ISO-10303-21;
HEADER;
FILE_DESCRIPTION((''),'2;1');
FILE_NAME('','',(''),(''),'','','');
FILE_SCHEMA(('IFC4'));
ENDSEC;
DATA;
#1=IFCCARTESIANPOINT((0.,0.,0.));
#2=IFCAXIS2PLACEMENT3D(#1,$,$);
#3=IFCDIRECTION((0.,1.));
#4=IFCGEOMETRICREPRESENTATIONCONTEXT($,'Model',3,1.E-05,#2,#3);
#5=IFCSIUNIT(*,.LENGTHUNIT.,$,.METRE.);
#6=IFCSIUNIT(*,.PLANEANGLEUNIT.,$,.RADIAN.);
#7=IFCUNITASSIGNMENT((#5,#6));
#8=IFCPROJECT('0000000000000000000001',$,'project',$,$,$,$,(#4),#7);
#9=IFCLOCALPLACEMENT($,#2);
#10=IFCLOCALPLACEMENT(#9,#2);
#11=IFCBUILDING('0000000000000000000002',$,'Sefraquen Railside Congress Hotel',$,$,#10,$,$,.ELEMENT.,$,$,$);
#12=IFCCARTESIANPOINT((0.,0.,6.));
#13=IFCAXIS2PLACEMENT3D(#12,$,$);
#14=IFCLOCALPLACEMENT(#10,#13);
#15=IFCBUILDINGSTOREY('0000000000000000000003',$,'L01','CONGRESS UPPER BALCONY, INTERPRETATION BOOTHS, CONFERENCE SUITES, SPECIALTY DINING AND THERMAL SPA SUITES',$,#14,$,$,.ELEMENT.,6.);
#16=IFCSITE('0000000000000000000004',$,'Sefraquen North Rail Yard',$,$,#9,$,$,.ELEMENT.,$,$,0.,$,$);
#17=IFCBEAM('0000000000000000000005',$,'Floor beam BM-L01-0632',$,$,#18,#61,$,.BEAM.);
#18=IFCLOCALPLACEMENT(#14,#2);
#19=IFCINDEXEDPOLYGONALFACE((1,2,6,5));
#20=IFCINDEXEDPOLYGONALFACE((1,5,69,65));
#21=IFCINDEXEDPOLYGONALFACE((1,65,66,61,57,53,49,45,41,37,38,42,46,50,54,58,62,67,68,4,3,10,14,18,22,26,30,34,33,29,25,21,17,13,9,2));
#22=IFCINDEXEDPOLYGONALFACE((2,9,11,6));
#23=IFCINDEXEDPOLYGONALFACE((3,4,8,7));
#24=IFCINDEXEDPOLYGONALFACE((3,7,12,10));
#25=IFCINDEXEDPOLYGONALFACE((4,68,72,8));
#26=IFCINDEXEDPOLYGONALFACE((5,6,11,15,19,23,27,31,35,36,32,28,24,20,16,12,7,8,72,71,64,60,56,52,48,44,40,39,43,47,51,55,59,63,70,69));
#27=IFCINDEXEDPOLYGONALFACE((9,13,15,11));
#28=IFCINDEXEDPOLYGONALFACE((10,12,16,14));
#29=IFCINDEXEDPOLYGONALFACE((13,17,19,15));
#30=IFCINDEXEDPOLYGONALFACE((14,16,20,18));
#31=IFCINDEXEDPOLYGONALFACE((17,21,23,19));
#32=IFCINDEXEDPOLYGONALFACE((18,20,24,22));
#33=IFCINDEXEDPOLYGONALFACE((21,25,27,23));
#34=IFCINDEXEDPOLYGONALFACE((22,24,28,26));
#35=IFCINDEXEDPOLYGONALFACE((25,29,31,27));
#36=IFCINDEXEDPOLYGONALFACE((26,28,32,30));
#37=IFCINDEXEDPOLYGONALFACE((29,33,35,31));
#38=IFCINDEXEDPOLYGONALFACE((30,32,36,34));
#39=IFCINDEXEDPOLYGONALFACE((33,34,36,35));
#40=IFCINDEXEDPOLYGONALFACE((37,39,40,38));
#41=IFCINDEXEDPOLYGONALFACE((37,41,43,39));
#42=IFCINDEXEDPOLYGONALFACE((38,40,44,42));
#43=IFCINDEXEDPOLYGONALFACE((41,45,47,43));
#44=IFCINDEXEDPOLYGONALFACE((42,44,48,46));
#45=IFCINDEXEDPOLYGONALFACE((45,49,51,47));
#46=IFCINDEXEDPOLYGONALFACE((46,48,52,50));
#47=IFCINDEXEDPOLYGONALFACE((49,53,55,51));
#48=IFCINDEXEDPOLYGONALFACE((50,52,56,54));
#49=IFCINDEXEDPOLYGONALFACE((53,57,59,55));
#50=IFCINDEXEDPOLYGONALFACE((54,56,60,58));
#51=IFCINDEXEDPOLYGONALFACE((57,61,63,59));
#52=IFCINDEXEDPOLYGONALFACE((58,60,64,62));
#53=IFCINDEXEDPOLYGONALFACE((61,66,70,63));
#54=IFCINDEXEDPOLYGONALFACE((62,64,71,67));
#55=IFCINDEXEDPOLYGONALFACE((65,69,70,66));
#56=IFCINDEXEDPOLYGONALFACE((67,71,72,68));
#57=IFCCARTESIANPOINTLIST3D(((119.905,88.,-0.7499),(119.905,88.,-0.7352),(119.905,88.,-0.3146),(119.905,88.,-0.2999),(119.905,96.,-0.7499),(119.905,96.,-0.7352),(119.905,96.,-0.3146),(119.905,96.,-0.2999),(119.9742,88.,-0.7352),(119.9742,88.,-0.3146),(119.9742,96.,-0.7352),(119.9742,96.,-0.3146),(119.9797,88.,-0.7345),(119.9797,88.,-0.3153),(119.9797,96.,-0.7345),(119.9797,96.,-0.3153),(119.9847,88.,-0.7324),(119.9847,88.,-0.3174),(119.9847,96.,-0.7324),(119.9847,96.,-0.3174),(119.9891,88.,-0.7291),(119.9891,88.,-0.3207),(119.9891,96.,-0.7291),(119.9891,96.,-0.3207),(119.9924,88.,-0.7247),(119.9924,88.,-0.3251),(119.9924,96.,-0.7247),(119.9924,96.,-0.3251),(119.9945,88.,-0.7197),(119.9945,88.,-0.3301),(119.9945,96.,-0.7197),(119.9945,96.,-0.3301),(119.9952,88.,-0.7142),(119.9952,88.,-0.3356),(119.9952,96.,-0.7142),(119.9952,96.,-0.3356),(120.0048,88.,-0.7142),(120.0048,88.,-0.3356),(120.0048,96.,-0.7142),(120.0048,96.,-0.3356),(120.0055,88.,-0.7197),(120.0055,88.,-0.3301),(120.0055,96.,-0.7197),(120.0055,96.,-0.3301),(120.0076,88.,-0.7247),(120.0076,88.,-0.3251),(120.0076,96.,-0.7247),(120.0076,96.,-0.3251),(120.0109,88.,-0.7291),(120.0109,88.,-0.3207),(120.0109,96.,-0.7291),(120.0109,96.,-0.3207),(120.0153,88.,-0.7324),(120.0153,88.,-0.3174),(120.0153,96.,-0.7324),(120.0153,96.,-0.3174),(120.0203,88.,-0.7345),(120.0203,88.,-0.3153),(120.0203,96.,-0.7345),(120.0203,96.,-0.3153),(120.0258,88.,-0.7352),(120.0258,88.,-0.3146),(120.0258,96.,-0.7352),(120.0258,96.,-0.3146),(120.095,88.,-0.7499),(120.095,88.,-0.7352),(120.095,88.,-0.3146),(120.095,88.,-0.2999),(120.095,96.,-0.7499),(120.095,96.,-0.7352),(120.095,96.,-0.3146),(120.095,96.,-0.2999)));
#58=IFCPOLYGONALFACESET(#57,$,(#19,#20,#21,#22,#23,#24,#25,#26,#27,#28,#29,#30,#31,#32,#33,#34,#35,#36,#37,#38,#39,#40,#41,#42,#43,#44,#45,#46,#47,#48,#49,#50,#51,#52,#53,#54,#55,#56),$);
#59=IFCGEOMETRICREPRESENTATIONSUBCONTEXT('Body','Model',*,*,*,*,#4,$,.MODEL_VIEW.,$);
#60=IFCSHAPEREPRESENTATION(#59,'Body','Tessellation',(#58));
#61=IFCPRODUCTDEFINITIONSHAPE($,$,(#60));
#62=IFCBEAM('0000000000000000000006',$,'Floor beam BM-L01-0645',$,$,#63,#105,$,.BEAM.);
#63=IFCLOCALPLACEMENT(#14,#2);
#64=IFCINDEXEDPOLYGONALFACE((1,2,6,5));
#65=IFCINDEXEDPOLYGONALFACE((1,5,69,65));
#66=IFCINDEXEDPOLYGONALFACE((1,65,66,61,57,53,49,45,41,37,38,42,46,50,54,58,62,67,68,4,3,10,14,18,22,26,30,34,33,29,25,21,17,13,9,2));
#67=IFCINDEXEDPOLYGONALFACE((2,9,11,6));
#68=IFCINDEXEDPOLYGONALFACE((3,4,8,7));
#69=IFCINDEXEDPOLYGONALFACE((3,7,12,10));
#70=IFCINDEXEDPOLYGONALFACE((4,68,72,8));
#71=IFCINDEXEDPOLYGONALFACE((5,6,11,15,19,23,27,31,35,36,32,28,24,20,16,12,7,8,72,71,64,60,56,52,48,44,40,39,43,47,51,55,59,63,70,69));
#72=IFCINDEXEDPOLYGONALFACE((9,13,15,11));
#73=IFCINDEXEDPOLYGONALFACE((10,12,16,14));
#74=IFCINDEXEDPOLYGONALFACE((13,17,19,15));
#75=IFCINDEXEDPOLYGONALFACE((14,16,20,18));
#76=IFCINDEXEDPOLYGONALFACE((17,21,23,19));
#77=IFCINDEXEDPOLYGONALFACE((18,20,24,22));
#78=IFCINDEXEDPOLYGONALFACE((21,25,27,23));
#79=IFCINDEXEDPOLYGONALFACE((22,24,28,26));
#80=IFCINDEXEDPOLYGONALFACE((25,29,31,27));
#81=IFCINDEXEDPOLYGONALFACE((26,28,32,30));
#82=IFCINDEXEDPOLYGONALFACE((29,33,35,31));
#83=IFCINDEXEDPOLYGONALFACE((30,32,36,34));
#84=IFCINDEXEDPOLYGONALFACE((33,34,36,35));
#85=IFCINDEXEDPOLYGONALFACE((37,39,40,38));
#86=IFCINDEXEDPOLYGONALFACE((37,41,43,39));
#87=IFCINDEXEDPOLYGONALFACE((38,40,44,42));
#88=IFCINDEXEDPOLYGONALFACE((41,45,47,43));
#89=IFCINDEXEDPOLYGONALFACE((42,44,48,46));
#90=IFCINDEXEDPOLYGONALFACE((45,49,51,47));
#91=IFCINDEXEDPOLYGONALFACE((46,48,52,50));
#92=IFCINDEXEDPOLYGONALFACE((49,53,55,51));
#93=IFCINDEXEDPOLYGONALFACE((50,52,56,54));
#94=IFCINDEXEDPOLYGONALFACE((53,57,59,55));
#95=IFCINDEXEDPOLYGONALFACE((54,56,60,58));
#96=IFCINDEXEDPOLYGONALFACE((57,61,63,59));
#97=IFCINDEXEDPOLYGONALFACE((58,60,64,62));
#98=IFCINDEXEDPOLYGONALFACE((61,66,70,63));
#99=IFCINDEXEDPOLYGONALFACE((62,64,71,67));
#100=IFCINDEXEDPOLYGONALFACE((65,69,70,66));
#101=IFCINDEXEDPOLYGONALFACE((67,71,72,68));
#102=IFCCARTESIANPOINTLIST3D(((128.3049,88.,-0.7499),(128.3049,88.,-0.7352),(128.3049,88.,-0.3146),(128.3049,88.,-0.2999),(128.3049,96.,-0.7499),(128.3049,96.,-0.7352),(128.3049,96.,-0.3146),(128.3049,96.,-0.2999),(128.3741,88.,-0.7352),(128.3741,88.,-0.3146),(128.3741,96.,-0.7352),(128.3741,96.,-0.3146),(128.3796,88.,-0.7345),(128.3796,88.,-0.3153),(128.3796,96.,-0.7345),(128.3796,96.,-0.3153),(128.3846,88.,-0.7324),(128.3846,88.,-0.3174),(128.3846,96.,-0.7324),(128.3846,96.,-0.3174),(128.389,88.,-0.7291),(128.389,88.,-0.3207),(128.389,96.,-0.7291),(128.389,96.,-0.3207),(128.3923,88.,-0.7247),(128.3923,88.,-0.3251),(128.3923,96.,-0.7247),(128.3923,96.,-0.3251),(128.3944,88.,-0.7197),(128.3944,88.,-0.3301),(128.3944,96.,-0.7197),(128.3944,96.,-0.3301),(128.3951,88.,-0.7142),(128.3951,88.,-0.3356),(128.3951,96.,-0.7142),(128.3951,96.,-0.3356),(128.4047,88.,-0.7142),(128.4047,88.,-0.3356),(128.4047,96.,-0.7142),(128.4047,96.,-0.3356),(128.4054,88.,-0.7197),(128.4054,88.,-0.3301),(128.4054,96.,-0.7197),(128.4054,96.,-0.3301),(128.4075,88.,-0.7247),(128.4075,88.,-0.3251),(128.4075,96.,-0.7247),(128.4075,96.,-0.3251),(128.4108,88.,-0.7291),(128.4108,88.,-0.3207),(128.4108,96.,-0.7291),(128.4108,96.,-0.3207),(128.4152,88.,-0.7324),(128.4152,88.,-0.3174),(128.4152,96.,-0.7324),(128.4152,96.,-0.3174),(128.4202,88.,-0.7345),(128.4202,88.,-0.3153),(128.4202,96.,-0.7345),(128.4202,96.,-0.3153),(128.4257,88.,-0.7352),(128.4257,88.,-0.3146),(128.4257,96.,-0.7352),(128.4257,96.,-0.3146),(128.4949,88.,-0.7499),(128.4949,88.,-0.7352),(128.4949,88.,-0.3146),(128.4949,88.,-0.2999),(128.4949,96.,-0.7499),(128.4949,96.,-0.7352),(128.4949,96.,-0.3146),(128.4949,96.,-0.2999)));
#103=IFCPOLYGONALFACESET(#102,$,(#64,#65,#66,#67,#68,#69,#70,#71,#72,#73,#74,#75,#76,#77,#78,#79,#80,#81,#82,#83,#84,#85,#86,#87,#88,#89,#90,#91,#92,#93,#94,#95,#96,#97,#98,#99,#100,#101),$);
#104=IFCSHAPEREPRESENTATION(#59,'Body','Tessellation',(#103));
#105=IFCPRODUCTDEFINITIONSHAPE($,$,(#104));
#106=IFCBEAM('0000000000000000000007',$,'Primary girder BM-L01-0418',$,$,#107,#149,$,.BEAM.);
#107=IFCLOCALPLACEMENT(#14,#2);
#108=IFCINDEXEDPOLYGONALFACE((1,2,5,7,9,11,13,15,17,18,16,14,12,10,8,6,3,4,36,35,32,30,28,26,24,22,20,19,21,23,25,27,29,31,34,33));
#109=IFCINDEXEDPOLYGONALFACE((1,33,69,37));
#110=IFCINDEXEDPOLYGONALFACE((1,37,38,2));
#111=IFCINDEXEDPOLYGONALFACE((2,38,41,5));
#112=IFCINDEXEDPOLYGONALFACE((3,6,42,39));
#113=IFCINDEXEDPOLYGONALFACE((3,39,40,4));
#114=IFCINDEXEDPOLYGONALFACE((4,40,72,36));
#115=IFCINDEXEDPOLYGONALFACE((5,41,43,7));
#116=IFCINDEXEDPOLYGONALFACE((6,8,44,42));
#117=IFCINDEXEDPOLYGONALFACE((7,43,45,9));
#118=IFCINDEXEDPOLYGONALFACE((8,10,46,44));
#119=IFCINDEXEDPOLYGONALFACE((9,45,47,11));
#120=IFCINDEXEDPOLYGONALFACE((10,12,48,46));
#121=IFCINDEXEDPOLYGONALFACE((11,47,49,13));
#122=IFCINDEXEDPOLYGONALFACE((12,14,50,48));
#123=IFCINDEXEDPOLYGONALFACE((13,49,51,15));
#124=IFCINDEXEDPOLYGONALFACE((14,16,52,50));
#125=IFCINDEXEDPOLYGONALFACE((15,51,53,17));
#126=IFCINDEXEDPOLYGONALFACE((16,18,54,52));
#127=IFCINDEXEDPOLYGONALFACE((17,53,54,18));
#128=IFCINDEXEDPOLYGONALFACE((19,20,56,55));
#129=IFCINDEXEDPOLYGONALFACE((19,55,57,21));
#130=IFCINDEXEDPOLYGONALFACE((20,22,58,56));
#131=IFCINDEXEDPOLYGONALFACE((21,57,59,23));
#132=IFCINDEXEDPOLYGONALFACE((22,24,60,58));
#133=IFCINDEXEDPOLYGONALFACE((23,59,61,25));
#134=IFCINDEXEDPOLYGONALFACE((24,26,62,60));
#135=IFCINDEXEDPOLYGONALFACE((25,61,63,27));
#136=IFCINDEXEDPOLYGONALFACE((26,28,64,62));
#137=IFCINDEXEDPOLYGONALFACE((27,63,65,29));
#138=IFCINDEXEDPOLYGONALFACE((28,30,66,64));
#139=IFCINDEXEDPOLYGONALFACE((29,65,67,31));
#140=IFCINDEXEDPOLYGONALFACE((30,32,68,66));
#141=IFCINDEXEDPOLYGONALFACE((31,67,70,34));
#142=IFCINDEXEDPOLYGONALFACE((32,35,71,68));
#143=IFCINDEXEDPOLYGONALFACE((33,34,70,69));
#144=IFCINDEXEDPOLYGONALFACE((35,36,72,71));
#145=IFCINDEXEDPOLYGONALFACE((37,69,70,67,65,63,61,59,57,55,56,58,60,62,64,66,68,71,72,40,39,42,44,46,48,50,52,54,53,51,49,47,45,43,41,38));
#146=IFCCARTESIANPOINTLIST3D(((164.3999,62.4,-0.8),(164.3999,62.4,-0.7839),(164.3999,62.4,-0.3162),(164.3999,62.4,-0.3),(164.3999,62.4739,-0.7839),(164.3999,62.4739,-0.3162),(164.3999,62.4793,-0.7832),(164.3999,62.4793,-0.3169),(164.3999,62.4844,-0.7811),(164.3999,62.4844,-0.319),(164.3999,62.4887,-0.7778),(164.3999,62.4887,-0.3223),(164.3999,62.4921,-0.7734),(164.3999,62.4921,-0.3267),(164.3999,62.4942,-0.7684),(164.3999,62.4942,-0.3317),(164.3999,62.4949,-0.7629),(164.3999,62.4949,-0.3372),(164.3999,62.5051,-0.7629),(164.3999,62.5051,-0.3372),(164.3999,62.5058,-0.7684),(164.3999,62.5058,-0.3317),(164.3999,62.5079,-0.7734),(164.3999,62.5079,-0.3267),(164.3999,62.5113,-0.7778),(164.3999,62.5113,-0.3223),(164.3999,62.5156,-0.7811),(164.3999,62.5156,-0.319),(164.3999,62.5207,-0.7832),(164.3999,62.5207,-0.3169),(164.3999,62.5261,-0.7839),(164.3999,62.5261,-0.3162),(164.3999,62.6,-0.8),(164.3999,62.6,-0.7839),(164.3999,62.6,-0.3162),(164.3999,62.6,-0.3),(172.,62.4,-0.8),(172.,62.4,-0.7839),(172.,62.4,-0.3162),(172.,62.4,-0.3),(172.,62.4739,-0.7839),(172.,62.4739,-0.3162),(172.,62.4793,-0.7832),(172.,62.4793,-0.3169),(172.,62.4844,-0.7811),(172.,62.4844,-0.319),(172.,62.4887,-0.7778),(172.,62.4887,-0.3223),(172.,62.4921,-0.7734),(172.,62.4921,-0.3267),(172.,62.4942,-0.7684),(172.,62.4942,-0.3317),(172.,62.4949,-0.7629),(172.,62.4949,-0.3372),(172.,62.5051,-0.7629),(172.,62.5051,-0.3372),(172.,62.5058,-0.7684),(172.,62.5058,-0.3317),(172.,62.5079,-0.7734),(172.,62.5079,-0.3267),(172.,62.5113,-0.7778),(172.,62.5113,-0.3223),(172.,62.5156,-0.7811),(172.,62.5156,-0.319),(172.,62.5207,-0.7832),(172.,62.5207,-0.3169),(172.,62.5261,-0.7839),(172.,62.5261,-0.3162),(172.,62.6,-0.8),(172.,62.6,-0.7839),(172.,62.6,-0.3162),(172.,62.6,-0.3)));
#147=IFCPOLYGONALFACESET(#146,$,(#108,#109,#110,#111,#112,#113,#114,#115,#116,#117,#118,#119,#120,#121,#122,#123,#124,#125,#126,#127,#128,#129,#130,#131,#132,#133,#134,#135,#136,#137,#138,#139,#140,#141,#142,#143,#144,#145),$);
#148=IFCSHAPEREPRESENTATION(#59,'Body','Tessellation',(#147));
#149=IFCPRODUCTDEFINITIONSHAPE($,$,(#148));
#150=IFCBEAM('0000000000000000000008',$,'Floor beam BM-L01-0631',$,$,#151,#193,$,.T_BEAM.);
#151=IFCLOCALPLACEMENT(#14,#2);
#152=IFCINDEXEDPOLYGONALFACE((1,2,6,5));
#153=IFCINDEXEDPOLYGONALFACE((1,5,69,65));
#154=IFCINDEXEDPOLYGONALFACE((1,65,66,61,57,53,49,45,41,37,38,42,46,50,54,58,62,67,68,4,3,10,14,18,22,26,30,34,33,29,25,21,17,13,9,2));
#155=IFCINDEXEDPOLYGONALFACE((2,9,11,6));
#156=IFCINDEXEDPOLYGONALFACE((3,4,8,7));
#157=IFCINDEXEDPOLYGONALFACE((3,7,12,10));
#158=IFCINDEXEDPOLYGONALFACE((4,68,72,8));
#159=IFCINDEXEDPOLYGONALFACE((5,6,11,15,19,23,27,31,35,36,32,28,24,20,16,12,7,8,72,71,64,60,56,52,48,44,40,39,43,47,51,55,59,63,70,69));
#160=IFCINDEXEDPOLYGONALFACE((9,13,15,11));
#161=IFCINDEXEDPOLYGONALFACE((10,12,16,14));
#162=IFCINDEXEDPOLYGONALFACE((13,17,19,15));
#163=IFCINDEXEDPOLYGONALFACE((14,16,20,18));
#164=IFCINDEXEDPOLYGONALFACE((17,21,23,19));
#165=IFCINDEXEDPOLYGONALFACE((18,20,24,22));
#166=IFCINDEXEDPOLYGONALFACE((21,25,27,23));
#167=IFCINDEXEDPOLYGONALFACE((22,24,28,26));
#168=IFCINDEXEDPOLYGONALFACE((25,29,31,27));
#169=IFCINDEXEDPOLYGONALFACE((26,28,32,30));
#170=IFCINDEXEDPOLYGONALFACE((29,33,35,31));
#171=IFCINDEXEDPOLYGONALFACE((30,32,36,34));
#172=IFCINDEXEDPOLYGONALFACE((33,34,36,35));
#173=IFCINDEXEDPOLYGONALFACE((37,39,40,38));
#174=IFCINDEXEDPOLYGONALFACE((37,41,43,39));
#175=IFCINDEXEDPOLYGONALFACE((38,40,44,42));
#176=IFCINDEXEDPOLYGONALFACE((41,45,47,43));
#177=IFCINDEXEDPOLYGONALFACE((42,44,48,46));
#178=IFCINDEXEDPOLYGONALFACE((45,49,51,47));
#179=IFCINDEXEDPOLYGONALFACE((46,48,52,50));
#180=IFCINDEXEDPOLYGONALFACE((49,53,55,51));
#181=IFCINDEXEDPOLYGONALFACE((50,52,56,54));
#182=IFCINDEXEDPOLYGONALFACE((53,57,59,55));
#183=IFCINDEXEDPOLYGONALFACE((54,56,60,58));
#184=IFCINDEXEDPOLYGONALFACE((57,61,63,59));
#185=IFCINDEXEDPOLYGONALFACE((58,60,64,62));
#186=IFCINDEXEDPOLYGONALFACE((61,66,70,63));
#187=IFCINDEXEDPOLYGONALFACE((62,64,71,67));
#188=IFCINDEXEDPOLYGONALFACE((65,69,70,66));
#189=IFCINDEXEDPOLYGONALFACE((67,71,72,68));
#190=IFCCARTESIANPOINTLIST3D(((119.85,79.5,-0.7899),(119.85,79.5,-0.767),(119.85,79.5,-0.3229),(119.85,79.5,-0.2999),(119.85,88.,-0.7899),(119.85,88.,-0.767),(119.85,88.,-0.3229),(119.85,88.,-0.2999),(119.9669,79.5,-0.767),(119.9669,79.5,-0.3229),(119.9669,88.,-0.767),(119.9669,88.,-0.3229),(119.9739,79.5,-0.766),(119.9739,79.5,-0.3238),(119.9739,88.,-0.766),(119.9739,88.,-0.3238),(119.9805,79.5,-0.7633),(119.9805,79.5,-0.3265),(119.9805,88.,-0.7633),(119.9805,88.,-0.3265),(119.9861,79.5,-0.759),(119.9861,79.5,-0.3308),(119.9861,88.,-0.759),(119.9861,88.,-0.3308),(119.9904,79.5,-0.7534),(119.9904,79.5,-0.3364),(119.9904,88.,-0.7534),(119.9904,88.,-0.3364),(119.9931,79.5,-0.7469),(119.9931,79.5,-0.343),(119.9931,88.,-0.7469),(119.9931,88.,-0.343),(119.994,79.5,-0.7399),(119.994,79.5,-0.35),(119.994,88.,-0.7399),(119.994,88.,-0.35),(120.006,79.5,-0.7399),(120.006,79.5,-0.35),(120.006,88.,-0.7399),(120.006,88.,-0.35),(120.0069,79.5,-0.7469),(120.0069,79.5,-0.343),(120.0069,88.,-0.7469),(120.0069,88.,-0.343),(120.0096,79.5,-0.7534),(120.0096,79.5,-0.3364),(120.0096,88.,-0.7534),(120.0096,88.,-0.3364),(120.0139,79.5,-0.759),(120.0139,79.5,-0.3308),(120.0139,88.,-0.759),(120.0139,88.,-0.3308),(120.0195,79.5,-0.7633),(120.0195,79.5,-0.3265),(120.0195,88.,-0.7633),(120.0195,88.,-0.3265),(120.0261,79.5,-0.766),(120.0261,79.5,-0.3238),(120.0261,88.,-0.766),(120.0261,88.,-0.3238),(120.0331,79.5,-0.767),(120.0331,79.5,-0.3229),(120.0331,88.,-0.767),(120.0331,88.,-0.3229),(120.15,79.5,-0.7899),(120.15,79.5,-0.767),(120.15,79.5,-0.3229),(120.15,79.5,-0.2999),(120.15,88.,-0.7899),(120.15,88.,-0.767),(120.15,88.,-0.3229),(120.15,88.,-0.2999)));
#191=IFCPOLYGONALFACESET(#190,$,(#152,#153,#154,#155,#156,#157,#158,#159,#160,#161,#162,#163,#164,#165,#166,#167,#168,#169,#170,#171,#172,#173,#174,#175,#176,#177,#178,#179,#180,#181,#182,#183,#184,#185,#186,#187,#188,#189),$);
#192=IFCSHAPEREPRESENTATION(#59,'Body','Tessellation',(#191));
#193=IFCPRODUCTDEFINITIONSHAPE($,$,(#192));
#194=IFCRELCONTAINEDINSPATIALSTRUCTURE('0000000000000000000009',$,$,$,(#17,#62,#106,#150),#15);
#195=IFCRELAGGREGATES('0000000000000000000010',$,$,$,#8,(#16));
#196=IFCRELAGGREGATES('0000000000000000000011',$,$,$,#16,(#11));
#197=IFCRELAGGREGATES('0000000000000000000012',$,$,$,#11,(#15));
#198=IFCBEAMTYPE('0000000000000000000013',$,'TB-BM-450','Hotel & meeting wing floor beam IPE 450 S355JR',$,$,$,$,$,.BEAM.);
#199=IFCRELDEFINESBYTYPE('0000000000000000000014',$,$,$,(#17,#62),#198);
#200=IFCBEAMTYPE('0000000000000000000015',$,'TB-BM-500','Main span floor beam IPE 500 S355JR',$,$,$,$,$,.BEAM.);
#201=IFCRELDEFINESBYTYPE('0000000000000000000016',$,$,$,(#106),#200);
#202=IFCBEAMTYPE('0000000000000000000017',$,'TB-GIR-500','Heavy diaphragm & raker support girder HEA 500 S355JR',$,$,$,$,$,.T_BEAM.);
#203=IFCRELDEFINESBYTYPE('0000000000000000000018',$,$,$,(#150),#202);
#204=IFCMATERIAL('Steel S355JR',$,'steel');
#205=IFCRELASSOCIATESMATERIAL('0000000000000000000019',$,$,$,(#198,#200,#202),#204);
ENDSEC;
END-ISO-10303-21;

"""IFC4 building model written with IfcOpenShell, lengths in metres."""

from ifc_helpers import new_model, si_unit, direction, frame, origin, origin_2d, place, context, subcontext, project, spatial, i_section, extrude, material, material_profile, profile_set, type_object, element, save


model = new_model("IFC4")

# Units and contexts
model_context = context("Model", 3, precision=1e-05, world=origin(), true_north=direction((0.0, 1.0)))
body_context = subcontext(model_context, "Body", "Model", "MODEL_VIEW")
ifc_project = project(units=[si_unit("LENGTHUNIT", "METRE"), si_unit("PLANEANGLEUNIT", "RADIAN")], contexts=[model_context])

# Site, building, storey
site_placement = place(None, origin())
site = spatial("IfcSite", under=ifc_project, at=site_placement, Name="Sefraquen North Rail Yard", CompositionType="ELEMENT", RefElevation=0.0)
building_placement = place(site_placement, origin())
building = spatial("IfcBuilding", under=site, at=building_placement, Name="Sefraquen Railside Congress Hotel", CompositionType="ELEMENT")
storey_placement = place(building_placement, frame((0.0, 0.0, 6.0)))
storey = spatial("IfcBuildingStorey", under=building, at=storey_placement, Name="L01", Description="CONGRESS UPPER BALCONY, INTERPRETATION BOOTHS, CONFERENCE SUITES, SPECIALTY DINING AND THERMAL SPA SUITES", CompositionType="ELEMENT", Elevation=6.0)

# Shared definitions
ifc_material_1 = material(Name="Steel S355JR", Category="steel")

# Beams
ifc_material_profile_1 = material_profile(ifc_material_1, i_section(OverallWidth=0.1899, OverallDepth=0.45, WebThickness=0.0095, FlangeThickness=0.0146, FilletRadius=0.021, at=origin_2d()), Name="IPE 450")
ifc_profile_set_1 = profile_set([ifc_material_profile_1], Name="Steel S355JR")
beam_type_1 = type_object("IfcBeamType", Name="TB-BM-450", Description="Hotel & meeting wing floor beam IPE 450 S355JR", PredefinedType="BEAM", material=ifc_profile_set_1)
for number, where, z_axis, x_axis, name in (
    (1, (120.0, 88.0, -0.5249), (0.0, 1.0, 0.0), (-1.0, 0.0, 0.0), "Floor beam BM-L01-0632"),
    (2, (128.3999, 88.0, -0.5249), (0.0, 1.0, 0.0), (-1.0, 0.0, 0.0), "Floor beam BM-L01-0645"),
):
    element("IfcBeam", number, at=place(storey_placement, frame(where, z_axis=z_axis, x_axis=x_axis)), inside=storey, type_object=beam_type_1, Name=name, PredefinedType="BEAM", context=body_context, shape_type="SweptSolid", body=[
        extrude(i_section(OverallWidth=0.1899, OverallDepth=0.45, WebThickness=0.0095, FlangeThickness=0.0146, FilletRadius=0.021, at=origin_2d()), origin(), (0.0, 0.0, 1.0), 8.0),
    ])
ifc_material_profile_2 = material_profile(ifc_material_1, i_section(OverallWidth=0.2, OverallDepth=0.5, WebThickness=0.0103, FlangeThickness=0.0161, FilletRadius=0.021, at=origin_2d()), Name="IPE 500")
ifc_profile_set_2 = profile_set([ifc_material_profile_2], Name="Steel S355JR")
beam_type_2 = type_object("IfcBeamType", Name="TB-BM-500", Description="Main span floor beam IPE 500 S355JR", PredefinedType="BEAM", material=ifc_profile_set_2)
beam_1_placement = place(storey_placement, frame((164.3999, 62.5, -0.55), z_axis=(1.0, 0.0, 0.0), x_axis=(0.0, 1.0, 0.0)))
element("IfcBeam", 3, at=beam_1_placement, inside=storey, type_object=beam_type_2, Name="Primary girder BM-L01-0418", PredefinedType="BEAM", context=body_context, shape_type="SweptSolid", body=[
    extrude(i_section(OverallWidth=0.2, OverallDepth=0.5, WebThickness=0.0103, FlangeThickness=0.0161, FilletRadius=0.021, at=origin_2d()), origin(), (0.0, 0.0, 1.0), 7.6001),
])
ifc_material_profile_3 = material_profile(ifc_material_1, i_section(OverallWidth=0.3, OverallDepth=0.49, WebThickness=0.012, FlangeThickness=0.0229, FilletRadius=0.0271, at=origin_2d()), Name="HEA 500")
ifc_profile_set_3 = profile_set([ifc_material_profile_3], Name="Steel S355JR")
beam_type_3 = type_object("IfcBeamType", Name="TB-GIR-500", Description="Heavy diaphragm & raker support girder HEA 500 S355JR", PredefinedType="T_BEAM", material=ifc_profile_set_3)
for number, where, z_axis, x_axis, name in (
    (4, (120.0, 79.5, -0.5449), (0.0, 1.0, 0.0), (-1.0, 0.0, 0.0), "Floor beam BM-L01-0631"),
):
    element("IfcBeam", number, at=place(storey_placement, frame(where, z_axis=z_axis, x_axis=x_axis)), inside=storey, type_object=beam_type_3, Name=name, PredefinedType="T_BEAM", context=body_context, shape_type="SweptSolid", body=[
        extrude(i_section(OverallWidth=0.3, OverallDepth=0.49, WebThickness=0.012, FlangeThickness=0.0229, FilletRadius=0.0271, at=origin_2d()), origin(), (0.0, 0.0, 1.0), 8.5),
    ])

save(model, "model.ifc")
